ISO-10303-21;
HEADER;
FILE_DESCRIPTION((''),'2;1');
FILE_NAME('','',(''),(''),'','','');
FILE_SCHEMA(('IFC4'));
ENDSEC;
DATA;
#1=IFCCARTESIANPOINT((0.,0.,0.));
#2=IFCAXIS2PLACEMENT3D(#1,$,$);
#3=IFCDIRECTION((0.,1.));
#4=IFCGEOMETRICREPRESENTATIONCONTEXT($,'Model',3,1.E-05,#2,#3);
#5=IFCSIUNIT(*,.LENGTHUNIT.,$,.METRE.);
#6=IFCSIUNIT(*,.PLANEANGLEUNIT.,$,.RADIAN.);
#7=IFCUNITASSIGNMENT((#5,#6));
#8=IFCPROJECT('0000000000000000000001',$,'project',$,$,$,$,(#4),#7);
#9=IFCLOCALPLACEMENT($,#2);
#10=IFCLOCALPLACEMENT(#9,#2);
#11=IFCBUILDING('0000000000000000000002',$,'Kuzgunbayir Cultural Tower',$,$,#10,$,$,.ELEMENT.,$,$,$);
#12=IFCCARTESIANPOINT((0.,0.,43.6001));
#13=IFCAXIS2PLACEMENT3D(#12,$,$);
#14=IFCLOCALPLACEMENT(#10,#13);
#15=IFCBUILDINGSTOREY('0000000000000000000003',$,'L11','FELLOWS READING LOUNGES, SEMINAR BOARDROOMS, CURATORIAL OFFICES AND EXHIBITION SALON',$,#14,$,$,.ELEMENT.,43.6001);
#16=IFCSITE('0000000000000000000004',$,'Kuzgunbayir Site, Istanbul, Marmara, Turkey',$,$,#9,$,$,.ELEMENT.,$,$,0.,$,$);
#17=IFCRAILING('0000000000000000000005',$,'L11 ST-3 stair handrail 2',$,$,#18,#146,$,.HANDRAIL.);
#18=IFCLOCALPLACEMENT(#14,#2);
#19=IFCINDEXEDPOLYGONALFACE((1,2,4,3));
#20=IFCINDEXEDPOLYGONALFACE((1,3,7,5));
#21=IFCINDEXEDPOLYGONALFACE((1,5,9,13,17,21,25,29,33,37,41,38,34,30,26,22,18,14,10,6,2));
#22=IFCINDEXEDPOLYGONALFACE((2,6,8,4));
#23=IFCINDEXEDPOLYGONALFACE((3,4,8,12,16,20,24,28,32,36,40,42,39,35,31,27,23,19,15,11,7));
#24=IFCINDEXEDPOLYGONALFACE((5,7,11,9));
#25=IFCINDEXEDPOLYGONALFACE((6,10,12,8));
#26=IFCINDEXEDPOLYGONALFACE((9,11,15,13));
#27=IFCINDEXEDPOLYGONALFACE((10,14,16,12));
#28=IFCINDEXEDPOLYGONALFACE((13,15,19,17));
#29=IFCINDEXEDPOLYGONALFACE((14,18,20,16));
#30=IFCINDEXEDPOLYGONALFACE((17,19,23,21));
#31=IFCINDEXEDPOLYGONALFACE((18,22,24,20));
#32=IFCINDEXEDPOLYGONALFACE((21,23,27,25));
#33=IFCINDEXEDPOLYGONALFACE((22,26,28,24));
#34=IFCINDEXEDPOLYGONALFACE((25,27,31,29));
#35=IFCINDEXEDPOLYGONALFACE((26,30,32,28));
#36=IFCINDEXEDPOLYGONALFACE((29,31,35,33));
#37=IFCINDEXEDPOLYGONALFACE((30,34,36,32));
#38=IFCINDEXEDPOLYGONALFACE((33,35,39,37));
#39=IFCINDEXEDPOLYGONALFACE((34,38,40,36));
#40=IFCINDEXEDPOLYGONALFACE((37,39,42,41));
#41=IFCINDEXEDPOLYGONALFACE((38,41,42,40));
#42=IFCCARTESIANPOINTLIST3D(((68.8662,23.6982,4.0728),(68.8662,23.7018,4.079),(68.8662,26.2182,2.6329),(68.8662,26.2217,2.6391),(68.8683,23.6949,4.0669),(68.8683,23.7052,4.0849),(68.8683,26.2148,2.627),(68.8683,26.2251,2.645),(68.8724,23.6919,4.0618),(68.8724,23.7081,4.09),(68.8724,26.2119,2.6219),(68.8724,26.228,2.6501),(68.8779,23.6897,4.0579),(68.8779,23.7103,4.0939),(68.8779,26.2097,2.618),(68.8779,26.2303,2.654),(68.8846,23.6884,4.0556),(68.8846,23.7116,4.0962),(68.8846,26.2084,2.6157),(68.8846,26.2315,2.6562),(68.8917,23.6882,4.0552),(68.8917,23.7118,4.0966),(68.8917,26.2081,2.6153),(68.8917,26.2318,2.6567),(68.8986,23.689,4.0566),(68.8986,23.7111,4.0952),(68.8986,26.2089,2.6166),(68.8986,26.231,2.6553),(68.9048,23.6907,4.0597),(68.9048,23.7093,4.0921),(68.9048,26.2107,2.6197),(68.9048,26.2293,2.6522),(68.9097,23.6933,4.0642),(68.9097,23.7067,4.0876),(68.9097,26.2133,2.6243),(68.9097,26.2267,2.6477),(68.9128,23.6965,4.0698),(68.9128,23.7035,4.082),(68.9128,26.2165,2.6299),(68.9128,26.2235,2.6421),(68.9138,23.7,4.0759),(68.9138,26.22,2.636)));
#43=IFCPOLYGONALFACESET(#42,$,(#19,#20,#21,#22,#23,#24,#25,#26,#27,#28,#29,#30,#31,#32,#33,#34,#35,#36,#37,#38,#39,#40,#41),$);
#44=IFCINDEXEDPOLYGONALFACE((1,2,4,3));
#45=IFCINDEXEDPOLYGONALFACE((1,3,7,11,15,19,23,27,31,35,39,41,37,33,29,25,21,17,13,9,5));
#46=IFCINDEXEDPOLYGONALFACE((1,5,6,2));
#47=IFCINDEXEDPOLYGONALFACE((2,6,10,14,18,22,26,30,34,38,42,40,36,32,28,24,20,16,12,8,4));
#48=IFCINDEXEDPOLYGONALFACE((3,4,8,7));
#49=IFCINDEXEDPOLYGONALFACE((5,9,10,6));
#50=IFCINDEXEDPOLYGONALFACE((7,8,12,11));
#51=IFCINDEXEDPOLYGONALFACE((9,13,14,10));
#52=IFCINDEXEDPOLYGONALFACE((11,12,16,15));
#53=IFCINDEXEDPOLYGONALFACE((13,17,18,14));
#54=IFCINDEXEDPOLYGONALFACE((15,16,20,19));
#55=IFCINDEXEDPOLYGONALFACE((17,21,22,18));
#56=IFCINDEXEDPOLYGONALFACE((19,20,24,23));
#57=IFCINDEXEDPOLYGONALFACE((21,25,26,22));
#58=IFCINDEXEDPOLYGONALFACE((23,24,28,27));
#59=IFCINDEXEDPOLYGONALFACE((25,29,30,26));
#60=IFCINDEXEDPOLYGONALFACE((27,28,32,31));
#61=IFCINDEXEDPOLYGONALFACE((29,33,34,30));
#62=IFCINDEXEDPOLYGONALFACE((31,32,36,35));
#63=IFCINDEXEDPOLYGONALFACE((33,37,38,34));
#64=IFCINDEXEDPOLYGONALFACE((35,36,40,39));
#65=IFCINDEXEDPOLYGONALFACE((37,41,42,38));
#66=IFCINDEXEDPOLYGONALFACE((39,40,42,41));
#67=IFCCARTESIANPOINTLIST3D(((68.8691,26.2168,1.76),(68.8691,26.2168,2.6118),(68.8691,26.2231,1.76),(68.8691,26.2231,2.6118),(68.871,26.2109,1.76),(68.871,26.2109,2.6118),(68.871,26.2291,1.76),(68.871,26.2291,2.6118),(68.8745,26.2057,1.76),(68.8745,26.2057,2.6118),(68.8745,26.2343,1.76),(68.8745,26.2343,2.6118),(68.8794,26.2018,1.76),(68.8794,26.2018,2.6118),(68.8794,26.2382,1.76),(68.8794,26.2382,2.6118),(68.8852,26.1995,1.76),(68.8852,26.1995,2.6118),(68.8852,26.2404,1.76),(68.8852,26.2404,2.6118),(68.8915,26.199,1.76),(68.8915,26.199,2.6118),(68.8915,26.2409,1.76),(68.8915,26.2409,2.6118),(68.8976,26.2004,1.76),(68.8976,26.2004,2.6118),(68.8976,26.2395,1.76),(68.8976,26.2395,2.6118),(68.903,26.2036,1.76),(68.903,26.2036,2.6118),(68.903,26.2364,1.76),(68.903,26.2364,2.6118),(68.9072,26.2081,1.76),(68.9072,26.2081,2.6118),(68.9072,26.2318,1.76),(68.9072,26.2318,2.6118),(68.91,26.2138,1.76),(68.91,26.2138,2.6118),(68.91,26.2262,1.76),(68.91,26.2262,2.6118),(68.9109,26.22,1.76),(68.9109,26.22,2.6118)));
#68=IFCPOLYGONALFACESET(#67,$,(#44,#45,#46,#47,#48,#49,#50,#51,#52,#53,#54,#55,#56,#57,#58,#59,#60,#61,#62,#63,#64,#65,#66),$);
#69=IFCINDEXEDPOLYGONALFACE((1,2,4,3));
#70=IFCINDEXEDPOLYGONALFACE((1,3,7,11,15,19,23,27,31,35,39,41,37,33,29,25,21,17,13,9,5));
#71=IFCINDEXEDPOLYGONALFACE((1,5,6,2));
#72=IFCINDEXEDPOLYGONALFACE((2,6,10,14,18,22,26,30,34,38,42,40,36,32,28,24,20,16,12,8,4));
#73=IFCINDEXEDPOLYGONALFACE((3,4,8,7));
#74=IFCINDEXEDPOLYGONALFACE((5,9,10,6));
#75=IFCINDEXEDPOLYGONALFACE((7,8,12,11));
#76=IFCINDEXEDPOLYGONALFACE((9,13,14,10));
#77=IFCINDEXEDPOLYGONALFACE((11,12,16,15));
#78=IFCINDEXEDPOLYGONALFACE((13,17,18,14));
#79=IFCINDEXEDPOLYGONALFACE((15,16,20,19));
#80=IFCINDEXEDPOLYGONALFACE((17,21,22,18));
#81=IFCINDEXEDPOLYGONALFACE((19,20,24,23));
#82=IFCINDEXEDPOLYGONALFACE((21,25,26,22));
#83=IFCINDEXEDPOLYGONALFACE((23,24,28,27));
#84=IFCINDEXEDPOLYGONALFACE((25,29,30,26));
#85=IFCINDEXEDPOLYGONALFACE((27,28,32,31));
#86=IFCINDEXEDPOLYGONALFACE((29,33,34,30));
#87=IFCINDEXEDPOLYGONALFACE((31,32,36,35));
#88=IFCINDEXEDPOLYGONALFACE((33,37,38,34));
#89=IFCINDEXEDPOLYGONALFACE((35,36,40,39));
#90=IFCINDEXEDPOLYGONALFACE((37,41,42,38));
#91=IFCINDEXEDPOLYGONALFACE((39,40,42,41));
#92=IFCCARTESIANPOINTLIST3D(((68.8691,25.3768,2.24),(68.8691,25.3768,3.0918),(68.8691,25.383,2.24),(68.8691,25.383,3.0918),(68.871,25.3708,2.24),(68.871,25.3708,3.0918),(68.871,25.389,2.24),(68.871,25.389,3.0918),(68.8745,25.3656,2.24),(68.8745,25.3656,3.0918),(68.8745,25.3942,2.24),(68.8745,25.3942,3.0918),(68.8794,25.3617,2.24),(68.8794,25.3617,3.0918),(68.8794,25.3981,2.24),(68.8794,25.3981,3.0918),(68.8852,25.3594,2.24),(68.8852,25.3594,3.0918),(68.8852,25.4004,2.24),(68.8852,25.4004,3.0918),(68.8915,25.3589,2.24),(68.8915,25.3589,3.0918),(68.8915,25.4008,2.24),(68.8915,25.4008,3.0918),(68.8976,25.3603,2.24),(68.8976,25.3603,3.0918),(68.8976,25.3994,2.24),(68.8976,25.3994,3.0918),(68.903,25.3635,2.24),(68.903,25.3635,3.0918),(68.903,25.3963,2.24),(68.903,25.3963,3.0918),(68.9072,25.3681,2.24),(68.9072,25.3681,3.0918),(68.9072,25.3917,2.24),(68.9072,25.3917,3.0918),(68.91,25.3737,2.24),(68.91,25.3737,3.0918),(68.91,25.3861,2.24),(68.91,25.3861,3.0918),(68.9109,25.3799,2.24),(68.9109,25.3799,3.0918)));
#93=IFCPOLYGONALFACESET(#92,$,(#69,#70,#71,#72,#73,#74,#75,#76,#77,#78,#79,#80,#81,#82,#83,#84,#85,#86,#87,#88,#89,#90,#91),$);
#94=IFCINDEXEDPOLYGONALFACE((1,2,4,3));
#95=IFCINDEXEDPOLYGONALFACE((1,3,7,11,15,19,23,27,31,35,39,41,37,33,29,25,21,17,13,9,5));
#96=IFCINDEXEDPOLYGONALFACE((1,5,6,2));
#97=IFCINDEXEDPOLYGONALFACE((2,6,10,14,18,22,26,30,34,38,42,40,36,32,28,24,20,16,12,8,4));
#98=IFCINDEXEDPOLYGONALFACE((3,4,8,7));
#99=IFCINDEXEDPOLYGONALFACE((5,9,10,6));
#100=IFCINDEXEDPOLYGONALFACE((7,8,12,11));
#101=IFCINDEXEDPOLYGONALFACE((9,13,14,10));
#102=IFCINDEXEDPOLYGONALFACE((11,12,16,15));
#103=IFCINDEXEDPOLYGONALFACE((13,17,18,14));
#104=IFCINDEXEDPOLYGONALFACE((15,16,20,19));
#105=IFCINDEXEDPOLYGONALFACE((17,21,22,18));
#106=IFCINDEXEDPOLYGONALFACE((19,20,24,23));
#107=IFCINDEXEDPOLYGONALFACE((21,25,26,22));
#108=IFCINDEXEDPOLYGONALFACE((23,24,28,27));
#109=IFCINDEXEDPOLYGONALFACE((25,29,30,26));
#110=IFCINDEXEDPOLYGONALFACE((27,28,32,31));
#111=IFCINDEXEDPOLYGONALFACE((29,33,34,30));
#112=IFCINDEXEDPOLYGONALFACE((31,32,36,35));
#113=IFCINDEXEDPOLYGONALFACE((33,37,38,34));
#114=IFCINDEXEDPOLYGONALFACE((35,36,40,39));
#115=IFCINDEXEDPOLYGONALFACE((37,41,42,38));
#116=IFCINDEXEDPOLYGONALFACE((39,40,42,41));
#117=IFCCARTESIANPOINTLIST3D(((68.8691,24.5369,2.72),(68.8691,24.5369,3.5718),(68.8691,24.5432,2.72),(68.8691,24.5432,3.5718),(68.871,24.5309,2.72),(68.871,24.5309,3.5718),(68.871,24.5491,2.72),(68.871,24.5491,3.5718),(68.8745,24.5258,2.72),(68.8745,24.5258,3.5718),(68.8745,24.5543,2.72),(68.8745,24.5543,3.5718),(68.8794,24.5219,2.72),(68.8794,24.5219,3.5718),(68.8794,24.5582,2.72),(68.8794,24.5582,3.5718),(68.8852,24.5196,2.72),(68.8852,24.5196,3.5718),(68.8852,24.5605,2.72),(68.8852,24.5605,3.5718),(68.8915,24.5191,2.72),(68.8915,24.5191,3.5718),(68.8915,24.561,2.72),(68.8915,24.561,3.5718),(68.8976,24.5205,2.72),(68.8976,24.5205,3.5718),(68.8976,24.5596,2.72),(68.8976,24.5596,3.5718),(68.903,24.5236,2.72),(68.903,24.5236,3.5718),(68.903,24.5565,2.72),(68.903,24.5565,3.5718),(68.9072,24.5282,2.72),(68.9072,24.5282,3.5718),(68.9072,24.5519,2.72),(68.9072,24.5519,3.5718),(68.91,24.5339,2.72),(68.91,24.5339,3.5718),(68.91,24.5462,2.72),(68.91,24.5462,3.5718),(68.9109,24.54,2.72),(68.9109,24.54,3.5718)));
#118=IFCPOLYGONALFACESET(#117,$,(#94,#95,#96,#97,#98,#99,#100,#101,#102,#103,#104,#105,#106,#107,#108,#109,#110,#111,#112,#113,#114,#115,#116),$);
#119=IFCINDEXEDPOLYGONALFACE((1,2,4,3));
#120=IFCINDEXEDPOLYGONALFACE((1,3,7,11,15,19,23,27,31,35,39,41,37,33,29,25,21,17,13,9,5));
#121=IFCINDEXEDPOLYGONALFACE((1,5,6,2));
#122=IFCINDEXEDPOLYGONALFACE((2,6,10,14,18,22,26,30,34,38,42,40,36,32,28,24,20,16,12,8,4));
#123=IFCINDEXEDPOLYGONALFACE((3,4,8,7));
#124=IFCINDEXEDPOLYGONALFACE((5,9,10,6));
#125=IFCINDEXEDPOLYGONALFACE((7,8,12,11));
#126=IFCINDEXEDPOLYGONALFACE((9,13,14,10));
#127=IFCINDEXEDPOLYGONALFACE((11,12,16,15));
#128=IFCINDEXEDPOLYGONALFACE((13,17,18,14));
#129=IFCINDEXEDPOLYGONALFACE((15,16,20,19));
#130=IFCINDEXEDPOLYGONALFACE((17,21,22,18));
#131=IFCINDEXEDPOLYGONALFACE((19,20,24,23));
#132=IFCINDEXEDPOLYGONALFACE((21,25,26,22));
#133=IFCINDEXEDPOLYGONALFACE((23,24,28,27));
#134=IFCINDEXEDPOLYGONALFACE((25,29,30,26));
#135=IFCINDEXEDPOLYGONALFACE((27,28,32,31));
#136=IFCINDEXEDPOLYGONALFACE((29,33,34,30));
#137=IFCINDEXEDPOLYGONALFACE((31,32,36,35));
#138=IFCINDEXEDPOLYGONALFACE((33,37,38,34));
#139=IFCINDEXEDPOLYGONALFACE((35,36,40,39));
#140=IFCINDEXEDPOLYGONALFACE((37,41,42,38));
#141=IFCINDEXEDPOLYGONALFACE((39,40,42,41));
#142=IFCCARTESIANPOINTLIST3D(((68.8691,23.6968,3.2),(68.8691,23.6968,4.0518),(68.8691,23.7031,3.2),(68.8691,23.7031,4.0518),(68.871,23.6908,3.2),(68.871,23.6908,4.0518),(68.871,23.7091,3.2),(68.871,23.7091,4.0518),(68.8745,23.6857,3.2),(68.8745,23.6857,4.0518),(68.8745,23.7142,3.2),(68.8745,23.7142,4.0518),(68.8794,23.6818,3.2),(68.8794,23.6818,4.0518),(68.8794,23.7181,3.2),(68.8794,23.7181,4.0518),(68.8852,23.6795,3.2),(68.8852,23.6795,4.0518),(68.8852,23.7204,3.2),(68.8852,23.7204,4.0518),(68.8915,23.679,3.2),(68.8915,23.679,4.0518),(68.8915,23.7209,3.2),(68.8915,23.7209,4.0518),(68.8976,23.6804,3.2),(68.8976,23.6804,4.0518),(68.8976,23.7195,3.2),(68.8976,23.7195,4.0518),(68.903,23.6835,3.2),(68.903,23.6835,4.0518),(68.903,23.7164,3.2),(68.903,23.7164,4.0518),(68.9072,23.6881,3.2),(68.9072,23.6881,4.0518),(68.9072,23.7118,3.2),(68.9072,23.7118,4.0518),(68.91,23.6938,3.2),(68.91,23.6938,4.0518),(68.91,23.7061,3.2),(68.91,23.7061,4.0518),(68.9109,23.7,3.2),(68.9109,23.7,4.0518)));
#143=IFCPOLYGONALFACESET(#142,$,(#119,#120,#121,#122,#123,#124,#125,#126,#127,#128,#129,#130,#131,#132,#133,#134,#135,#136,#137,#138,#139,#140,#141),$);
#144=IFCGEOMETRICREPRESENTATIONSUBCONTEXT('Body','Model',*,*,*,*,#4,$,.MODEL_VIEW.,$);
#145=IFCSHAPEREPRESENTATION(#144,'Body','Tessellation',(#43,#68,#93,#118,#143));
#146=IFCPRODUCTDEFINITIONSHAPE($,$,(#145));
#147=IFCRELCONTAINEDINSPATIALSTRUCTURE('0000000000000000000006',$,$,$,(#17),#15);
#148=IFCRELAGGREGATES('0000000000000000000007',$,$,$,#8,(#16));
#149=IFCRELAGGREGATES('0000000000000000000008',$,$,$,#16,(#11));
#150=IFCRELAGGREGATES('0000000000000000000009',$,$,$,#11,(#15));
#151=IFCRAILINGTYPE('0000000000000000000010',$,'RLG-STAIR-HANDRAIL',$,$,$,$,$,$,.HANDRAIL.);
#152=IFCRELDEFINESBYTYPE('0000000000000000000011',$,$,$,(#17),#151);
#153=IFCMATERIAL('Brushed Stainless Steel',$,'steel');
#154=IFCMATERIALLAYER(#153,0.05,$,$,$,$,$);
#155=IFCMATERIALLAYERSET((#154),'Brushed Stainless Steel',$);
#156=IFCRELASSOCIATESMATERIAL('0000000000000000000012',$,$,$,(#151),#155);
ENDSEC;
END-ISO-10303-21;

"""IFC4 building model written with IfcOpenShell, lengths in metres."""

from ifc_helpers import new_model, si_unit, direction, frame, origin, origin_2d, place, context, subcontext, project, spatial, circle, extrude, material, layer, layer_set, type_object, element, save


model = new_model("IFC4")

# Units and contexts
model_context = context("Model", 3, precision=1e-05, world=origin(), true_north=direction((0.0, 1.0)))
body_context = subcontext(model_context, "Body", "Model", "MODEL_VIEW")
ifc_project = project(units=[si_unit("LENGTHUNIT", "METRE"), si_unit("PLANEANGLEUNIT", "RADIAN")], contexts=[model_context])

# Site, building, storey
site_placement = place(None, origin())
site = spatial("IfcSite", under=ifc_project, at=site_placement, Name="Kuzgunbayir Site, Istanbul, Marmara, Turkey", CompositionType="ELEMENT", RefElevation=0.0)
building_placement = place(site_placement, origin())
building = spatial("IfcBuilding", under=site, at=building_placement, Name="Kuzgunbayir Cultural Tower", CompositionType="ELEMENT")
storey_placement = place(building_placement, frame((0.0, 0.0, 43.6001)))
storey = spatial("IfcBuildingStorey", under=building, at=storey_placement, Name="L11", Description="FELLOWS READING LOUNGES, SEMINAR BOARDROOMS, CURATORIAL OFFICES AND EXHIBITION SALON", CompositionType="ELEMENT", Elevation=43.6001)

# Railing
ifc_material_1 = material(Name="Brushed Stainless Steel", Category="steel")
ifc_layer_1 = layer(ifc_material_1, 0.05)
ifc_layer_set_1 = layer_set([ifc_layer_1], Name="Brushed Stainless Steel")
railing_type_1 = type_object("IfcRailingType", Name="RLG-STAIR-HANDRAIL", PredefinedType="HANDRAIL", material=ifc_layer_set_1)
railing_1_placement = place(storey_placement, frame((68.8899, 26.22, 1.76)))
element("IfcRailing", 1, at=railing_1_placement, inside=storey, type_object=railing_type_1, Name="L11 ST-3 stair handrail 2", PredefinedType="HANDRAIL", context=body_context, shape_type="SweptSolid", body=[
    extrude(circle(Radius=0.0239, at=origin_2d()), frame((0.0, 0.0, 0.876), z_axis=(0.0, -0.868253, 0.496121), x_axis=(1.0, 0.0, 0.0)), (0.0, 0.0, 1.0), 2.9023),
    extrude(circle(Radius=0.021, at=origin_2d()), origin(), (0.0, 0.0, 1.0), 0.8518),
    extrude(circle(Radius=0.021, at=origin_2d()), frame((0.0, -0.8401, 0.48)), (0.0, 0.0, 1.0), 0.8518),
    extrude(circle(Radius=0.021, at=origin_2d()), frame((0.0, -1.6799, 0.96)), (0.0, 0.0, 1.0), 0.8518),
    extrude(circle(Radius=0.021, at=origin_2d()), frame((0.0, -2.52, 1.4399)), (0.0, 0.0, 1.0), 0.8518),
])

save(model, "model.ifc")
